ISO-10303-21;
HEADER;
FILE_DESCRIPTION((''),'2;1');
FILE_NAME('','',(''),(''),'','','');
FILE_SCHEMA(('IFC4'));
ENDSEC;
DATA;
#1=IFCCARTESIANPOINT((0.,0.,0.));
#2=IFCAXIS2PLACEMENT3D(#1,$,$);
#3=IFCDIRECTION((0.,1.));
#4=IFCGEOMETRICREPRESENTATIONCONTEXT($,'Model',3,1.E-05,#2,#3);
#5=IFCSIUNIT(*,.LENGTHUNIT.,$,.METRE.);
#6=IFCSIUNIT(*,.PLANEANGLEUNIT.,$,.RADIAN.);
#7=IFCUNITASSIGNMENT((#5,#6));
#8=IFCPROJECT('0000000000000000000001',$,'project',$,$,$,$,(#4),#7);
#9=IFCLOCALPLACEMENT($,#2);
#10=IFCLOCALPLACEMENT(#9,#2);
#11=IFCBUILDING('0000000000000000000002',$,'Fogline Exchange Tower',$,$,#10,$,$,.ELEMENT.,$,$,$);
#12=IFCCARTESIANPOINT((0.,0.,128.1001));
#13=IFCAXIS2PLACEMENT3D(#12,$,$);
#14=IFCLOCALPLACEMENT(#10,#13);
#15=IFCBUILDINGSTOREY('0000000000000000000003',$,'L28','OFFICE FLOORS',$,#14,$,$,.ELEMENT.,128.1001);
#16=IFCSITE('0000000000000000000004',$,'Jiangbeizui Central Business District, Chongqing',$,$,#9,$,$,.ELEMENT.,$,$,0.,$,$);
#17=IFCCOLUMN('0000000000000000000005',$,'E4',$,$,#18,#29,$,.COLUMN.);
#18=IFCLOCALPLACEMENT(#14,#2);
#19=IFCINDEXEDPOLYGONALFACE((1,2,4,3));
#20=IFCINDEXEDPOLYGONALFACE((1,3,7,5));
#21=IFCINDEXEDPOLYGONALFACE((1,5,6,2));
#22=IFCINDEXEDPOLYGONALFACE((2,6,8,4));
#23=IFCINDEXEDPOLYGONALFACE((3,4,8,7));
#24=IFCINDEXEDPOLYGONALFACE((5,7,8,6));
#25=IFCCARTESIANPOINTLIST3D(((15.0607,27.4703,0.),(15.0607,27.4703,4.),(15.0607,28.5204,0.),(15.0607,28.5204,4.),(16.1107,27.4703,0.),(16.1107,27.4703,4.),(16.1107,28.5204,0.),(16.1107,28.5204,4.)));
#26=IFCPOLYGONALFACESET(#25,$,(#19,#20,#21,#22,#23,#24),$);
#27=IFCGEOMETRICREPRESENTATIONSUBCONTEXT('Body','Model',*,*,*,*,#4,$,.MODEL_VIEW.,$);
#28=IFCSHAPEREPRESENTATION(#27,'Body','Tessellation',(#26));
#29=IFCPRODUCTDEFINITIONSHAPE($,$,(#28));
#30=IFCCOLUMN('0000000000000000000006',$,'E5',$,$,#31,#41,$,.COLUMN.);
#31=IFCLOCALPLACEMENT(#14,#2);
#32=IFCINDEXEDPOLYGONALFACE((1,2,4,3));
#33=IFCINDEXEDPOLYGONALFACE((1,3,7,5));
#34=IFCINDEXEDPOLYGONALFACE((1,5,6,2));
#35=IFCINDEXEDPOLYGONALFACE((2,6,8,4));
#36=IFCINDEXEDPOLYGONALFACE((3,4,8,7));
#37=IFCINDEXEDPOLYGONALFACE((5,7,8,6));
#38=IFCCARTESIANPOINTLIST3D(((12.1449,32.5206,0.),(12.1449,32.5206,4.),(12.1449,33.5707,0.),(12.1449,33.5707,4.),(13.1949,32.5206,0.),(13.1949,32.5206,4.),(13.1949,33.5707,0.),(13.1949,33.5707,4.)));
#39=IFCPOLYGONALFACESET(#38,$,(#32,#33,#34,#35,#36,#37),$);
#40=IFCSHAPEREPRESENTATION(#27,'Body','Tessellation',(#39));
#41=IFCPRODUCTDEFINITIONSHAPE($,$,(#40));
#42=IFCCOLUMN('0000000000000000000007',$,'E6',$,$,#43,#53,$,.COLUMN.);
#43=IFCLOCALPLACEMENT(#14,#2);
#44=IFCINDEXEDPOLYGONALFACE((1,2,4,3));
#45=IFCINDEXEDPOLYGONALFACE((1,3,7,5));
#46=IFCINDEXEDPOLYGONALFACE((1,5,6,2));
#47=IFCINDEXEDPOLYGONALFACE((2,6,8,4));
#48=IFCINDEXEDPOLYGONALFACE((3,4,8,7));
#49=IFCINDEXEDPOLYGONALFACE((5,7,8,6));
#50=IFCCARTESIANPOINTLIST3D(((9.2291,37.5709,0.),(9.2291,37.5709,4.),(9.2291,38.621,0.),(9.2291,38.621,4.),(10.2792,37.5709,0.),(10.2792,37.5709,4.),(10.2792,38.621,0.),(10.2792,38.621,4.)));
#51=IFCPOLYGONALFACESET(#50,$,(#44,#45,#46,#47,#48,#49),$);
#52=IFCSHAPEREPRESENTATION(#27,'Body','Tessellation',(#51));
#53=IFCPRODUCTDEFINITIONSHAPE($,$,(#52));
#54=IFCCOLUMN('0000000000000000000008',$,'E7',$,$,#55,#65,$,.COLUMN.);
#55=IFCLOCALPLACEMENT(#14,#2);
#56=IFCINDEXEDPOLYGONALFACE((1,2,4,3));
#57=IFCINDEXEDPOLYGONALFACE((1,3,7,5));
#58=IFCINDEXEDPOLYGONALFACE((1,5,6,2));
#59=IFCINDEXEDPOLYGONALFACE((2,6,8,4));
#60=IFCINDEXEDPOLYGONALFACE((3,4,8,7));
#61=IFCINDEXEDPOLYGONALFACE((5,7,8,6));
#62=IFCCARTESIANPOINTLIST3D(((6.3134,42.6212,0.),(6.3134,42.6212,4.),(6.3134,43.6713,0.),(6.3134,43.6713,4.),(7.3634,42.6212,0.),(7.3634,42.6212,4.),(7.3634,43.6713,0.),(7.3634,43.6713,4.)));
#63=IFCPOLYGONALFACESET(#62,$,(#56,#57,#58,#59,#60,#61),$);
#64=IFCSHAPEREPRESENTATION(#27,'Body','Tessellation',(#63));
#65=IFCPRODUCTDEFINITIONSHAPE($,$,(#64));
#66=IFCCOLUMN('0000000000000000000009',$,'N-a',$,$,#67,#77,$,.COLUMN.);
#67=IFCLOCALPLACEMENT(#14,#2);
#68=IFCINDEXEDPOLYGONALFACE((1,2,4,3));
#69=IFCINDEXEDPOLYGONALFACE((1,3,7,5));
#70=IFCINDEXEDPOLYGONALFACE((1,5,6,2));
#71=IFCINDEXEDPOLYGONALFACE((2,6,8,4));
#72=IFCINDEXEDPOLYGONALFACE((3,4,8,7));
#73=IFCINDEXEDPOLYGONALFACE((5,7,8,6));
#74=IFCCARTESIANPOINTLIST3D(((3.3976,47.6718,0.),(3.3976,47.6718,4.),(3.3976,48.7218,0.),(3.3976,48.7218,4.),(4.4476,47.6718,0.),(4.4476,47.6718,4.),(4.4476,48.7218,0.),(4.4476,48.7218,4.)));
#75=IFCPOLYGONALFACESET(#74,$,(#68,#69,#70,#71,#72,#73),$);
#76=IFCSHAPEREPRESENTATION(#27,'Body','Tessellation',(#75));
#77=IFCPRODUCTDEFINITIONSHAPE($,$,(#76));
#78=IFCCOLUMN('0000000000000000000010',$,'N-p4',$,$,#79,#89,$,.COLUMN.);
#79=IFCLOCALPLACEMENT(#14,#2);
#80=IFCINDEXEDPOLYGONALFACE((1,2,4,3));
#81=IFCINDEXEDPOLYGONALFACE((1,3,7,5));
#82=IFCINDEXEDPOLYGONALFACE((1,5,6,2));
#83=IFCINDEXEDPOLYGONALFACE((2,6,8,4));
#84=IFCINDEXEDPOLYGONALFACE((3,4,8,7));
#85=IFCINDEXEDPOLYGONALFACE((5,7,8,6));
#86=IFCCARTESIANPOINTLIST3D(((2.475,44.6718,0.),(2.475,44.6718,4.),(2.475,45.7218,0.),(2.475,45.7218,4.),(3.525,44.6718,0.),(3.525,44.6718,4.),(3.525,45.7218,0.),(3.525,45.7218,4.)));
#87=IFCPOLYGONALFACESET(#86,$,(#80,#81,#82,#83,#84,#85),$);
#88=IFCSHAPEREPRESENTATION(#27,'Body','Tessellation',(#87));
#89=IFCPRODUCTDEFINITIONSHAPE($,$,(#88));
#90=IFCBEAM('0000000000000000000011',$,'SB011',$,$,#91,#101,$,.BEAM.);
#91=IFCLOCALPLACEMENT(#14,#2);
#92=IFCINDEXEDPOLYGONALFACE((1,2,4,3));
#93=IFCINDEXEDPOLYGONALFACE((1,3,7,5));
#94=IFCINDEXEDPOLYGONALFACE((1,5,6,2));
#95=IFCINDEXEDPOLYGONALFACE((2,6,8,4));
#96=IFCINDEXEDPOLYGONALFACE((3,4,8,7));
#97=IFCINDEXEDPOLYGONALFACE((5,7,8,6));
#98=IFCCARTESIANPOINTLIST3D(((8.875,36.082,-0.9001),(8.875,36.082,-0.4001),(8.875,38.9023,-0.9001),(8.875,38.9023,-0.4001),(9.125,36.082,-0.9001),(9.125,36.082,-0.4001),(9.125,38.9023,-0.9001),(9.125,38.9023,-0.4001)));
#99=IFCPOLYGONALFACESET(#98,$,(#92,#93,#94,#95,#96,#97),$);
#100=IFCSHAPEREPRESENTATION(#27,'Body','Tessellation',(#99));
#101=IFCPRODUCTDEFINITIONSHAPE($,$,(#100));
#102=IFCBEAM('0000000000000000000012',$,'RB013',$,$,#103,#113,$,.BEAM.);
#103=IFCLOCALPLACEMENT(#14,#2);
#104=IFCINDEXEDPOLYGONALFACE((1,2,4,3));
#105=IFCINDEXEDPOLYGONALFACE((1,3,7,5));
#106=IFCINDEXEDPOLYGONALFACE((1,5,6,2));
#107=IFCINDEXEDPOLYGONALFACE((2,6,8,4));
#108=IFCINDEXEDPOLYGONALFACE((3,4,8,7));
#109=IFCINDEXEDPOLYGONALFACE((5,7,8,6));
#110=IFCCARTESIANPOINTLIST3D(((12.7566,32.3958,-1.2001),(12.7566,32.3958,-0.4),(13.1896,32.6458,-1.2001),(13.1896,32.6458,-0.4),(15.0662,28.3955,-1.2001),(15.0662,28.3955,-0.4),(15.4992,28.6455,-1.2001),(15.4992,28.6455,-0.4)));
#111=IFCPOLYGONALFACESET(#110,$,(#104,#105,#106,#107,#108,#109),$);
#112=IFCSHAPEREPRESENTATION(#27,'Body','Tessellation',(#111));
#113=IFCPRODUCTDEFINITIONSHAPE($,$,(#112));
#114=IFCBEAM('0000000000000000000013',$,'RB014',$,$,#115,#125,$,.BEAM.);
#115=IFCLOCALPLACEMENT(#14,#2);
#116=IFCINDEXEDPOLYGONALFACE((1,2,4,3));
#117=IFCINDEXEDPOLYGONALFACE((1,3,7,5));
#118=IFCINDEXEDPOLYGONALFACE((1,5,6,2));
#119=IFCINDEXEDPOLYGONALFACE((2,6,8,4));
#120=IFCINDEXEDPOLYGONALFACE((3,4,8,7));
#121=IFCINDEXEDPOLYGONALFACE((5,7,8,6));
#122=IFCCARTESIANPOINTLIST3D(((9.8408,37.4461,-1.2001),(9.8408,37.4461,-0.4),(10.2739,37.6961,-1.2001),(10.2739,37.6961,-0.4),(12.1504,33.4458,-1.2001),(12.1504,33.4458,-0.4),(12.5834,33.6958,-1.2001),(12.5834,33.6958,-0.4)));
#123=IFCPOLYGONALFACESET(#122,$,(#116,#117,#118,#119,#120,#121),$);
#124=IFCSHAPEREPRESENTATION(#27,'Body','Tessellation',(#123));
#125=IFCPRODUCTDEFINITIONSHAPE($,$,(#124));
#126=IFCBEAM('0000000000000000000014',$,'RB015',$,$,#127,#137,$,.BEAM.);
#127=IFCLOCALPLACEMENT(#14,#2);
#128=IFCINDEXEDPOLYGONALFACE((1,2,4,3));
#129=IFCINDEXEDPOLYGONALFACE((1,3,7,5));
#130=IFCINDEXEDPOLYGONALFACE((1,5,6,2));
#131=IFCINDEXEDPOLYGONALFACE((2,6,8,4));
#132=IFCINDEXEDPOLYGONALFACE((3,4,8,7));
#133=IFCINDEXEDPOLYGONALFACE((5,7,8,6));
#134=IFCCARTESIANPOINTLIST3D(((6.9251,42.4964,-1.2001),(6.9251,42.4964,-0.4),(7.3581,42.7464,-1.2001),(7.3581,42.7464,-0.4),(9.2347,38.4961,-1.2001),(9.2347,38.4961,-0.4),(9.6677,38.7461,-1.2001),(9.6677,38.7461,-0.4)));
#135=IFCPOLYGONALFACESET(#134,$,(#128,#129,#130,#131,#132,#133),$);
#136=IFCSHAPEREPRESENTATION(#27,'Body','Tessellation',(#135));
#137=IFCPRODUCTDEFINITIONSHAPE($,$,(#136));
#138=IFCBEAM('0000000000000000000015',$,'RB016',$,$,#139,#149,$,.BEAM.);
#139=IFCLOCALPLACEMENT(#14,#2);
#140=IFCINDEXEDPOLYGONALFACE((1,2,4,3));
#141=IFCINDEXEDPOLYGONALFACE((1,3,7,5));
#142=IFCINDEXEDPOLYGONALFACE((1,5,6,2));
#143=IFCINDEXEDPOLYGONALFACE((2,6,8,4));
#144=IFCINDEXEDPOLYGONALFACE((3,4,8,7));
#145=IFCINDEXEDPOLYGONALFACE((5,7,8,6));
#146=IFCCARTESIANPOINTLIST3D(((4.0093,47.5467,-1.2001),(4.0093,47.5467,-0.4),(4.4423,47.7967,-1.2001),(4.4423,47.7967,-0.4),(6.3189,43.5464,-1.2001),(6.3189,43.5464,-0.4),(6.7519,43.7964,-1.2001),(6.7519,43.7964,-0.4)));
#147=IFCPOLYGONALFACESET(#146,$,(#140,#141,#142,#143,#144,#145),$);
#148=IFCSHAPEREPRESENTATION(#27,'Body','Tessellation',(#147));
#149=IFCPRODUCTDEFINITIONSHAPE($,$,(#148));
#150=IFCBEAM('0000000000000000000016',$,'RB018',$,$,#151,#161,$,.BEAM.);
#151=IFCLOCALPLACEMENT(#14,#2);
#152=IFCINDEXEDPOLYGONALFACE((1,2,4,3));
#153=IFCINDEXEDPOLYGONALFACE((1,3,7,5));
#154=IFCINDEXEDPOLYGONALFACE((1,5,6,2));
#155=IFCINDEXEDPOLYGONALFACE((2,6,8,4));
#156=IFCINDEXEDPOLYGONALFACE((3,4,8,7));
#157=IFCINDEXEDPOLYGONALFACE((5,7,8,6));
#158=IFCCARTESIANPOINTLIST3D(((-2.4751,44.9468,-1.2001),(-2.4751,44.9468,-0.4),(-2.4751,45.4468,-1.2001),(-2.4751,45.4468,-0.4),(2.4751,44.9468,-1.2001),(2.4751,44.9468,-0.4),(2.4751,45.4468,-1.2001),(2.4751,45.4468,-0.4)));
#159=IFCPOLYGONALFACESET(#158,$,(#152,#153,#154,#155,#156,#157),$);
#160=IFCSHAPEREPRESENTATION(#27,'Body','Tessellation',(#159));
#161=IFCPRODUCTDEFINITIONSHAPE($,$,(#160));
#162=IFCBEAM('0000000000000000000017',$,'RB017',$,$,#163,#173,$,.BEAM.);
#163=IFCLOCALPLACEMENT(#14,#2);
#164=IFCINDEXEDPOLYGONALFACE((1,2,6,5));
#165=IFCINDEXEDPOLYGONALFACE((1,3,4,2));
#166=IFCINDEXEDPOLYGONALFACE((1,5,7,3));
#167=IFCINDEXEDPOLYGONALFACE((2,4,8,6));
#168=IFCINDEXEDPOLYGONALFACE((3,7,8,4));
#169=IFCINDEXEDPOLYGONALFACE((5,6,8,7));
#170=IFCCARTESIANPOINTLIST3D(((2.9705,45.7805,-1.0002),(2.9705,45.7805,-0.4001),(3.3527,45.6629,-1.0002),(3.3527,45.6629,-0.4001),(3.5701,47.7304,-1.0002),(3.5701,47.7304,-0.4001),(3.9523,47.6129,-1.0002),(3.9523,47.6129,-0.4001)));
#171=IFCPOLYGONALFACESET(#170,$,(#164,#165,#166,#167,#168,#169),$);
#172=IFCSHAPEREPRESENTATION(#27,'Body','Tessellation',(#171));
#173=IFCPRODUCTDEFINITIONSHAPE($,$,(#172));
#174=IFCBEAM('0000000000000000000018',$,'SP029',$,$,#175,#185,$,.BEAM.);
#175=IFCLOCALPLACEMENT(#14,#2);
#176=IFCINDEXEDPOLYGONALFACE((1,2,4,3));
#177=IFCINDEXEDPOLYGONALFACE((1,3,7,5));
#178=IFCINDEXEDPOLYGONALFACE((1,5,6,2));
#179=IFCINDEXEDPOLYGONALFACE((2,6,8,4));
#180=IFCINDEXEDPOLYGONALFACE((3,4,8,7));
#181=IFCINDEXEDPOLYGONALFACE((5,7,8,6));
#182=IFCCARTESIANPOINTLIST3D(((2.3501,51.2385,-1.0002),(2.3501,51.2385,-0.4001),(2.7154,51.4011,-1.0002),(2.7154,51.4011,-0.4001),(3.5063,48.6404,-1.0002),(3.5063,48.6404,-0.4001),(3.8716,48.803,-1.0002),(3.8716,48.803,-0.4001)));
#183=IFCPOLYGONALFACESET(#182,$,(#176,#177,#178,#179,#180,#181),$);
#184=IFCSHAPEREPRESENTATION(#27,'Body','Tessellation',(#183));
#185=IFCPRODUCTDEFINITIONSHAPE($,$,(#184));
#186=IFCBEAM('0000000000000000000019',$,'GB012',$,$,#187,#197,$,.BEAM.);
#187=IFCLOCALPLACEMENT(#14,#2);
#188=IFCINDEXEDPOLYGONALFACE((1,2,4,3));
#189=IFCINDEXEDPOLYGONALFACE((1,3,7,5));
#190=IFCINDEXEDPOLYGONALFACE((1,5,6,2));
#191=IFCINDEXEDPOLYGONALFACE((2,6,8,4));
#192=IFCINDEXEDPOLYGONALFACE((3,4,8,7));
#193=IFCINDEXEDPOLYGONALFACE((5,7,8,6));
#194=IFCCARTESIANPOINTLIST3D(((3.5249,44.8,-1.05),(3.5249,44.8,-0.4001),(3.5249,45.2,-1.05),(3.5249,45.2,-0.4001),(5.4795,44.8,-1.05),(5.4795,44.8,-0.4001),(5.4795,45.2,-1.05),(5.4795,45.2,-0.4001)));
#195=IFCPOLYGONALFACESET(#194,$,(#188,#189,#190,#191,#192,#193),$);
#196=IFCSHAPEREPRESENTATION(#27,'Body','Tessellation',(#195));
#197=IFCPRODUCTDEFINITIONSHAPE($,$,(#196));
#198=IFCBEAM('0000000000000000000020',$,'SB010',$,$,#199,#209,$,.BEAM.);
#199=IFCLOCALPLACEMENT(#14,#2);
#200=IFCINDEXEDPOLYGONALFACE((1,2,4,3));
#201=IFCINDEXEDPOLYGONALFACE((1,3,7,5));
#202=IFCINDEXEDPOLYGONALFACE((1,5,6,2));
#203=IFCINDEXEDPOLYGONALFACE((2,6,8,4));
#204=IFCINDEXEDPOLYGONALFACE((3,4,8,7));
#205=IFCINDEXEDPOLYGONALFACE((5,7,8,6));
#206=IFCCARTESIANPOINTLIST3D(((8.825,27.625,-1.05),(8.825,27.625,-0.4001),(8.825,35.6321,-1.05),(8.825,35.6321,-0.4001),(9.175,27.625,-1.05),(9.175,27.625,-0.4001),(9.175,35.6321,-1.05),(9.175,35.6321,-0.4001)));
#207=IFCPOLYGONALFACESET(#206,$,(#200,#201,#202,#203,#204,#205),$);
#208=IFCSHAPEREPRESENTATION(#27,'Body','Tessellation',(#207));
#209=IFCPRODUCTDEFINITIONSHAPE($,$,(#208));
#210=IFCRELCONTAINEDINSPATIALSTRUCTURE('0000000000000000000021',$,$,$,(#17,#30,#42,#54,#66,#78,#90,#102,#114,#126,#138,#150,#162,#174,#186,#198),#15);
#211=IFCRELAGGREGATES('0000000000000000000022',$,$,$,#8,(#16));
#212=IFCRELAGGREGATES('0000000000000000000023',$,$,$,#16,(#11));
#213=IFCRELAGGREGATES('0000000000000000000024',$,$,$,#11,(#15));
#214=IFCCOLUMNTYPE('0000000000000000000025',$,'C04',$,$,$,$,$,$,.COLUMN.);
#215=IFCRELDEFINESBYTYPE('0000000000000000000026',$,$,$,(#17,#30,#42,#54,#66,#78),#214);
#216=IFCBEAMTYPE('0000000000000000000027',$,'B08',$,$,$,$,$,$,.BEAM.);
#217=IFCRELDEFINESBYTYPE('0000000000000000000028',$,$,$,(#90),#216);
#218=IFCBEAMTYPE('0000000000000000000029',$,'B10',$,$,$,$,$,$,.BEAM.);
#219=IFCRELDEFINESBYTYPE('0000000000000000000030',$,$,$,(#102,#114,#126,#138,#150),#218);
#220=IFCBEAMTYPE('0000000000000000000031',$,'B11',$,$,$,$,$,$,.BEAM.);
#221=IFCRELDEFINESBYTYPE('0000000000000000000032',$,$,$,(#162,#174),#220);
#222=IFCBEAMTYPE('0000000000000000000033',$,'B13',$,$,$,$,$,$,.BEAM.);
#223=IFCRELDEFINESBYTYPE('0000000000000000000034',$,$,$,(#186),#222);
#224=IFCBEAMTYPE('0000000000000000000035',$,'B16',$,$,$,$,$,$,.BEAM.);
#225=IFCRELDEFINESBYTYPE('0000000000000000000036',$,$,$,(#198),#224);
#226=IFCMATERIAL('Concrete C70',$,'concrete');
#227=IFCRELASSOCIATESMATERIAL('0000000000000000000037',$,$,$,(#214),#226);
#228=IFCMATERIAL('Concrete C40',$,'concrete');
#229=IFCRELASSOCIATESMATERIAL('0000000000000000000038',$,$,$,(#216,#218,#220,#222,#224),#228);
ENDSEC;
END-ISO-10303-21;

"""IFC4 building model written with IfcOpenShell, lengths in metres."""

from ifc_helpers import new_model, si_unit, direction, frame, origin, origin_2d, place, context, subcontext, project, spatial, rectangle, extrude, material, material_profile, profile_set, type_object, element, save


model = new_model("IFC4")

# Units and contexts
model_context = context("Model", 3, precision=1e-05, world=origin(), true_north=direction((0.0, 1.0)))
body_context = subcontext(model_context, "Body", "Model", "MODEL_VIEW")
ifc_project = project(units=[si_unit("LENGTHUNIT", "METRE"), si_unit("PLANEANGLEUNIT", "RADIAN")], contexts=[model_context])

# Site, building, storey
site_placement = place(None, origin())
site = spatial("IfcSite", under=ifc_project, at=site_placement, Name="Jiangbeizui Central Business District, Chongqing", CompositionType="ELEMENT", RefElevation=0.0)
building_placement = place(site_placement, origin())
building = spatial("IfcBuilding", under=site, at=building_placement, Name="Fogline Exchange Tower", CompositionType="ELEMENT")
storey_placement = place(building_placement, frame((0.0, 0.0, 128.1001)))
storey = spatial("IfcBuildingStorey", under=building, at=storey_placement, Name="L28", Description="OFFICE FLOORS", CompositionType="ELEMENT", Elevation=128.1001)

# Columns
ifc_material_1 = material(Name="Concrete C70", Category="concrete")
ifc_material_profile_1 = material_profile(ifc_material_1, rectangle(XDim=1.05, YDim=1.05, at=origin_2d()), Name="RC 1050x1050")
ifc_profile_set_1 = profile_set([ifc_material_profile_1], Name="Concrete C70")
column_type = type_object("IfcColumnType", Name="C04", PredefinedType="COLUMN", material=ifc_profile_set_1)
for number, where, z_axis, x_axis, name in (
    (1, (15.5857, 27.9954, 0.0), (0.0, 0.0, 1.0), (1.0, 0.0, 0.0), "E4"),
    (2, (12.6699, 33.0457, 0.0), (0.0, 0.0, 1.0), (1.0, 0.0, 0.0), "E5"),
    (3, (9.7542, 38.0959, 0.0), (0.0, 0.0, 1.0), (1.0, 0.0, 0.0), "E6"),
    (4, (6.8384, 43.1462, 0.0), (0.0, 0.0, 1.0), (1.0, 0.0, 0.0), "E7"),
    (5, (3.9226, 48.1968, 0.0), (0.0, 0.0, 1.0), (1.0, 0.0, 0.0), "N-a"),
    (6, (3.0, 45.1968, 0.0), (0.0, 0.0, 1.0), (1.0, 0.0, 0.0), "N-p4"),
):
    element("IfcColumn", number, at=place(storey_placement, frame(where, z_axis=z_axis, x_axis=x_axis)), inside=storey, type_object=column_type, Name=name, PredefinedType="COLUMN", context=body_context, shape_type="SweptSolid", body=[
        extrude(rectangle(XDim=1.05, YDim=1.05, at=origin_2d()), origin(), (0.0, 0.0, 1.0), 4.0),
    ])

# Beams
ifc_material_2 = material(Name="Concrete C40", Category="concrete")
ifc_material_profile_2 = material_profile(ifc_material_2, rectangle(XDim=0.25, YDim=0.5, at=origin_2d()), Name="RC 250x500")
ifc_profile_set_2 = profile_set([ifc_material_profile_2], Name="Concrete C40")
beam_type_1 = type_object("IfcBeamType", Name="B08", PredefinedType="BEAM", material=ifc_profile_set_2)
beam_1_placement = place(storey_placement, frame((9.0, 36.082, -0.6501), z_axis=(0.0, 1.0, 0.0), x_axis=(-1.0, 0.0, 0.0)))
element("IfcBeam", 7, at=beam_1_placement, inside=storey, type_object=beam_type_1, Name="SB011", PredefinedType="BEAM", context=body_context, shape_type="SweptSolid", body=[
    extrude(rectangle(XDim=0.25, YDim=0.5, at=origin_2d()), origin(), (0.0, 0.0, 1.0), 2.8203),
])
ifc_material_profile_3 = material_profile(ifc_material_2, rectangle(XDim=0.5, YDim=0.8, at=origin_2d()), Name="RC 500x800")
ifc_profile_set_3 = profile_set([ifc_material_profile_3], Name="Concrete C40")
beam_type_2 = type_object("IfcBeamType", Name="B10", PredefinedType="BEAM", material=ifc_profile_set_3)
for number, where, z_axis, x_axis, name in (
    (8, (15.2827, 28.5205, -0.8), (-0.500005, 0.866023, 0.0), (-0.866023, -0.500005, 0.0), "RB013"),
    (9, (12.3669, 33.5708, -0.8), (-0.500005, 0.866023, 0.0), (-0.866023, -0.500005, 0.0), "RB014"),
    (10, (9.4512, 38.6211, -0.8), (-0.500005, 0.866023, 0.0), (-0.866023, -0.500005, 0.0), "RB015"),
    (11, (6.5354, 43.6714, -0.8), (-0.500005, 0.866023, 0.0), (-0.866023, -0.500005, 0.0), "RB016"),
):
    element("IfcBeam", number, at=place(storey_placement, frame(where, z_axis=z_axis, x_axis=x_axis)), inside=storey, type_object=beam_type_2, Name=name, PredefinedType="BEAM", context=body_context, shape_type="SweptSolid", body=[
        extrude(rectangle(XDim=0.5, YDim=0.8, at=origin_2d()), origin(), (0.0, 0.0, 1.0), 4.6191),
    ])
beam_2_placement = place(storey_placement, frame((2.4751, 45.1968, -0.8), z_axis=(-1.0, 0.0, 0.0), x_axis=(0.0, -1.0, 0.0)))
element("IfcBeam", 12, at=beam_2_placement, inside=storey, type_object=beam_type_2, Name="RB018", PredefinedType="BEAM", context=body_context, shape_type="SweptSolid", body=[
    extrude(rectangle(XDim=0.5, YDim=0.8, at=origin_2d()), origin(), (0.0, 0.0, 1.0), 4.9502),
])
ifc_material_profile_4 = material_profile(ifc_material_2, rectangle(XDim=0.3999, YDim=0.6001, at=origin_2d()), Name="RC 400x600")
ifc_profile_set_4 = profile_set([ifc_material_profile_4], Name="Concrete C40")
beam_type_3 = type_object("IfcBeamType", Name="B11", PredefinedType="BEAM", material=ifc_profile_set_4)
beam_3_placement = place(storey_placement, frame((3.7612, 47.6716, -0.7002), z_axis=(-0.293918, -0.955831, 0.0), x_axis=(0.955831, -0.293918, 0.0)))
element("IfcBeam", 13, at=beam_3_placement, inside=storey, type_object=beam_type_3, Name="RB017", PredefinedType="BEAM", context=body_context, shape_type="SweptSolid", body=[
    extrude(rectangle(XDim=0.3999, YDim=0.6001, at=origin_2d()), origin(), (0.0, 0.0, 1.0), 2.04),
])
beam_4_placement = place(storey_placement, frame((3.689, 48.7217, -0.7002), z_axis=(-0.406584, 0.913613, 0.0), x_axis=(-0.913613, -0.406584, 0.0)))
element("IfcBeam", 14, at=beam_4_placement, inside=storey, type_object=beam_type_3, Name="SP029", PredefinedType="BEAM", context=body_context, shape_type="SweptSolid", body=[
    extrude(rectangle(XDim=0.3999, YDim=0.6001, at=origin_2d()), origin(), (0.0, 0.0, 1.0), 2.8438),
])
ifc_material_profile_5 = material_profile(ifc_material_2, rectangle(XDim=0.3999, YDim=0.6499, at=origin_2d()), Name="RC 400x650")
ifc_profile_set_5 = profile_set([ifc_material_profile_5], Name="Concrete C40")
beam_type_4 = type_object("IfcBeamType", Name="B13", PredefinedType="BEAM", material=ifc_profile_set_5)
beam_5_placement = place(storey_placement, frame((3.5249, 45.0, -0.7251), z_axis=(1.0, 0.0, 0.0), x_axis=(0.0, 1.0, 0.0)))
element("IfcBeam", 15, at=beam_5_placement, inside=storey, type_object=beam_type_4, Name="GB012", PredefinedType="BEAM", context=body_context, shape_type="SweptSolid", body=[
    extrude(rectangle(XDim=0.3999, YDim=0.6499, at=origin_2d()), origin(), (0.0, 0.0, 1.0), 1.9546),
])
ifc_material_profile_6 = material_profile(ifc_material_2, rectangle(XDim=0.3501, YDim=0.6499, at=origin_2d()), Name="RC 350x650")
ifc_profile_set_6 = profile_set([ifc_material_profile_6], Name="Concrete C40")
beam_type_5 = type_object("IfcBeamType", Name="B16", PredefinedType="BEAM", material=ifc_profile_set_6)
beam_6_placement = place(storey_placement, frame((9.0, 27.625, -0.7251), z_axis=(0.0, 1.0, 0.0), x_axis=(-1.0, 0.0, 0.0)))
element("IfcBeam", 16, at=beam_6_placement, inside=storey, type_object=beam_type_5, Name="SB010", PredefinedType="BEAM", context=body_context, shape_type="SweptSolid", body=[
    extrude(rectangle(XDim=0.3501, YDim=0.6499, at=origin_2d()), origin(), (0.0, 0.0, 1.0), 8.0071),
])

save(model, "model.ifc")
